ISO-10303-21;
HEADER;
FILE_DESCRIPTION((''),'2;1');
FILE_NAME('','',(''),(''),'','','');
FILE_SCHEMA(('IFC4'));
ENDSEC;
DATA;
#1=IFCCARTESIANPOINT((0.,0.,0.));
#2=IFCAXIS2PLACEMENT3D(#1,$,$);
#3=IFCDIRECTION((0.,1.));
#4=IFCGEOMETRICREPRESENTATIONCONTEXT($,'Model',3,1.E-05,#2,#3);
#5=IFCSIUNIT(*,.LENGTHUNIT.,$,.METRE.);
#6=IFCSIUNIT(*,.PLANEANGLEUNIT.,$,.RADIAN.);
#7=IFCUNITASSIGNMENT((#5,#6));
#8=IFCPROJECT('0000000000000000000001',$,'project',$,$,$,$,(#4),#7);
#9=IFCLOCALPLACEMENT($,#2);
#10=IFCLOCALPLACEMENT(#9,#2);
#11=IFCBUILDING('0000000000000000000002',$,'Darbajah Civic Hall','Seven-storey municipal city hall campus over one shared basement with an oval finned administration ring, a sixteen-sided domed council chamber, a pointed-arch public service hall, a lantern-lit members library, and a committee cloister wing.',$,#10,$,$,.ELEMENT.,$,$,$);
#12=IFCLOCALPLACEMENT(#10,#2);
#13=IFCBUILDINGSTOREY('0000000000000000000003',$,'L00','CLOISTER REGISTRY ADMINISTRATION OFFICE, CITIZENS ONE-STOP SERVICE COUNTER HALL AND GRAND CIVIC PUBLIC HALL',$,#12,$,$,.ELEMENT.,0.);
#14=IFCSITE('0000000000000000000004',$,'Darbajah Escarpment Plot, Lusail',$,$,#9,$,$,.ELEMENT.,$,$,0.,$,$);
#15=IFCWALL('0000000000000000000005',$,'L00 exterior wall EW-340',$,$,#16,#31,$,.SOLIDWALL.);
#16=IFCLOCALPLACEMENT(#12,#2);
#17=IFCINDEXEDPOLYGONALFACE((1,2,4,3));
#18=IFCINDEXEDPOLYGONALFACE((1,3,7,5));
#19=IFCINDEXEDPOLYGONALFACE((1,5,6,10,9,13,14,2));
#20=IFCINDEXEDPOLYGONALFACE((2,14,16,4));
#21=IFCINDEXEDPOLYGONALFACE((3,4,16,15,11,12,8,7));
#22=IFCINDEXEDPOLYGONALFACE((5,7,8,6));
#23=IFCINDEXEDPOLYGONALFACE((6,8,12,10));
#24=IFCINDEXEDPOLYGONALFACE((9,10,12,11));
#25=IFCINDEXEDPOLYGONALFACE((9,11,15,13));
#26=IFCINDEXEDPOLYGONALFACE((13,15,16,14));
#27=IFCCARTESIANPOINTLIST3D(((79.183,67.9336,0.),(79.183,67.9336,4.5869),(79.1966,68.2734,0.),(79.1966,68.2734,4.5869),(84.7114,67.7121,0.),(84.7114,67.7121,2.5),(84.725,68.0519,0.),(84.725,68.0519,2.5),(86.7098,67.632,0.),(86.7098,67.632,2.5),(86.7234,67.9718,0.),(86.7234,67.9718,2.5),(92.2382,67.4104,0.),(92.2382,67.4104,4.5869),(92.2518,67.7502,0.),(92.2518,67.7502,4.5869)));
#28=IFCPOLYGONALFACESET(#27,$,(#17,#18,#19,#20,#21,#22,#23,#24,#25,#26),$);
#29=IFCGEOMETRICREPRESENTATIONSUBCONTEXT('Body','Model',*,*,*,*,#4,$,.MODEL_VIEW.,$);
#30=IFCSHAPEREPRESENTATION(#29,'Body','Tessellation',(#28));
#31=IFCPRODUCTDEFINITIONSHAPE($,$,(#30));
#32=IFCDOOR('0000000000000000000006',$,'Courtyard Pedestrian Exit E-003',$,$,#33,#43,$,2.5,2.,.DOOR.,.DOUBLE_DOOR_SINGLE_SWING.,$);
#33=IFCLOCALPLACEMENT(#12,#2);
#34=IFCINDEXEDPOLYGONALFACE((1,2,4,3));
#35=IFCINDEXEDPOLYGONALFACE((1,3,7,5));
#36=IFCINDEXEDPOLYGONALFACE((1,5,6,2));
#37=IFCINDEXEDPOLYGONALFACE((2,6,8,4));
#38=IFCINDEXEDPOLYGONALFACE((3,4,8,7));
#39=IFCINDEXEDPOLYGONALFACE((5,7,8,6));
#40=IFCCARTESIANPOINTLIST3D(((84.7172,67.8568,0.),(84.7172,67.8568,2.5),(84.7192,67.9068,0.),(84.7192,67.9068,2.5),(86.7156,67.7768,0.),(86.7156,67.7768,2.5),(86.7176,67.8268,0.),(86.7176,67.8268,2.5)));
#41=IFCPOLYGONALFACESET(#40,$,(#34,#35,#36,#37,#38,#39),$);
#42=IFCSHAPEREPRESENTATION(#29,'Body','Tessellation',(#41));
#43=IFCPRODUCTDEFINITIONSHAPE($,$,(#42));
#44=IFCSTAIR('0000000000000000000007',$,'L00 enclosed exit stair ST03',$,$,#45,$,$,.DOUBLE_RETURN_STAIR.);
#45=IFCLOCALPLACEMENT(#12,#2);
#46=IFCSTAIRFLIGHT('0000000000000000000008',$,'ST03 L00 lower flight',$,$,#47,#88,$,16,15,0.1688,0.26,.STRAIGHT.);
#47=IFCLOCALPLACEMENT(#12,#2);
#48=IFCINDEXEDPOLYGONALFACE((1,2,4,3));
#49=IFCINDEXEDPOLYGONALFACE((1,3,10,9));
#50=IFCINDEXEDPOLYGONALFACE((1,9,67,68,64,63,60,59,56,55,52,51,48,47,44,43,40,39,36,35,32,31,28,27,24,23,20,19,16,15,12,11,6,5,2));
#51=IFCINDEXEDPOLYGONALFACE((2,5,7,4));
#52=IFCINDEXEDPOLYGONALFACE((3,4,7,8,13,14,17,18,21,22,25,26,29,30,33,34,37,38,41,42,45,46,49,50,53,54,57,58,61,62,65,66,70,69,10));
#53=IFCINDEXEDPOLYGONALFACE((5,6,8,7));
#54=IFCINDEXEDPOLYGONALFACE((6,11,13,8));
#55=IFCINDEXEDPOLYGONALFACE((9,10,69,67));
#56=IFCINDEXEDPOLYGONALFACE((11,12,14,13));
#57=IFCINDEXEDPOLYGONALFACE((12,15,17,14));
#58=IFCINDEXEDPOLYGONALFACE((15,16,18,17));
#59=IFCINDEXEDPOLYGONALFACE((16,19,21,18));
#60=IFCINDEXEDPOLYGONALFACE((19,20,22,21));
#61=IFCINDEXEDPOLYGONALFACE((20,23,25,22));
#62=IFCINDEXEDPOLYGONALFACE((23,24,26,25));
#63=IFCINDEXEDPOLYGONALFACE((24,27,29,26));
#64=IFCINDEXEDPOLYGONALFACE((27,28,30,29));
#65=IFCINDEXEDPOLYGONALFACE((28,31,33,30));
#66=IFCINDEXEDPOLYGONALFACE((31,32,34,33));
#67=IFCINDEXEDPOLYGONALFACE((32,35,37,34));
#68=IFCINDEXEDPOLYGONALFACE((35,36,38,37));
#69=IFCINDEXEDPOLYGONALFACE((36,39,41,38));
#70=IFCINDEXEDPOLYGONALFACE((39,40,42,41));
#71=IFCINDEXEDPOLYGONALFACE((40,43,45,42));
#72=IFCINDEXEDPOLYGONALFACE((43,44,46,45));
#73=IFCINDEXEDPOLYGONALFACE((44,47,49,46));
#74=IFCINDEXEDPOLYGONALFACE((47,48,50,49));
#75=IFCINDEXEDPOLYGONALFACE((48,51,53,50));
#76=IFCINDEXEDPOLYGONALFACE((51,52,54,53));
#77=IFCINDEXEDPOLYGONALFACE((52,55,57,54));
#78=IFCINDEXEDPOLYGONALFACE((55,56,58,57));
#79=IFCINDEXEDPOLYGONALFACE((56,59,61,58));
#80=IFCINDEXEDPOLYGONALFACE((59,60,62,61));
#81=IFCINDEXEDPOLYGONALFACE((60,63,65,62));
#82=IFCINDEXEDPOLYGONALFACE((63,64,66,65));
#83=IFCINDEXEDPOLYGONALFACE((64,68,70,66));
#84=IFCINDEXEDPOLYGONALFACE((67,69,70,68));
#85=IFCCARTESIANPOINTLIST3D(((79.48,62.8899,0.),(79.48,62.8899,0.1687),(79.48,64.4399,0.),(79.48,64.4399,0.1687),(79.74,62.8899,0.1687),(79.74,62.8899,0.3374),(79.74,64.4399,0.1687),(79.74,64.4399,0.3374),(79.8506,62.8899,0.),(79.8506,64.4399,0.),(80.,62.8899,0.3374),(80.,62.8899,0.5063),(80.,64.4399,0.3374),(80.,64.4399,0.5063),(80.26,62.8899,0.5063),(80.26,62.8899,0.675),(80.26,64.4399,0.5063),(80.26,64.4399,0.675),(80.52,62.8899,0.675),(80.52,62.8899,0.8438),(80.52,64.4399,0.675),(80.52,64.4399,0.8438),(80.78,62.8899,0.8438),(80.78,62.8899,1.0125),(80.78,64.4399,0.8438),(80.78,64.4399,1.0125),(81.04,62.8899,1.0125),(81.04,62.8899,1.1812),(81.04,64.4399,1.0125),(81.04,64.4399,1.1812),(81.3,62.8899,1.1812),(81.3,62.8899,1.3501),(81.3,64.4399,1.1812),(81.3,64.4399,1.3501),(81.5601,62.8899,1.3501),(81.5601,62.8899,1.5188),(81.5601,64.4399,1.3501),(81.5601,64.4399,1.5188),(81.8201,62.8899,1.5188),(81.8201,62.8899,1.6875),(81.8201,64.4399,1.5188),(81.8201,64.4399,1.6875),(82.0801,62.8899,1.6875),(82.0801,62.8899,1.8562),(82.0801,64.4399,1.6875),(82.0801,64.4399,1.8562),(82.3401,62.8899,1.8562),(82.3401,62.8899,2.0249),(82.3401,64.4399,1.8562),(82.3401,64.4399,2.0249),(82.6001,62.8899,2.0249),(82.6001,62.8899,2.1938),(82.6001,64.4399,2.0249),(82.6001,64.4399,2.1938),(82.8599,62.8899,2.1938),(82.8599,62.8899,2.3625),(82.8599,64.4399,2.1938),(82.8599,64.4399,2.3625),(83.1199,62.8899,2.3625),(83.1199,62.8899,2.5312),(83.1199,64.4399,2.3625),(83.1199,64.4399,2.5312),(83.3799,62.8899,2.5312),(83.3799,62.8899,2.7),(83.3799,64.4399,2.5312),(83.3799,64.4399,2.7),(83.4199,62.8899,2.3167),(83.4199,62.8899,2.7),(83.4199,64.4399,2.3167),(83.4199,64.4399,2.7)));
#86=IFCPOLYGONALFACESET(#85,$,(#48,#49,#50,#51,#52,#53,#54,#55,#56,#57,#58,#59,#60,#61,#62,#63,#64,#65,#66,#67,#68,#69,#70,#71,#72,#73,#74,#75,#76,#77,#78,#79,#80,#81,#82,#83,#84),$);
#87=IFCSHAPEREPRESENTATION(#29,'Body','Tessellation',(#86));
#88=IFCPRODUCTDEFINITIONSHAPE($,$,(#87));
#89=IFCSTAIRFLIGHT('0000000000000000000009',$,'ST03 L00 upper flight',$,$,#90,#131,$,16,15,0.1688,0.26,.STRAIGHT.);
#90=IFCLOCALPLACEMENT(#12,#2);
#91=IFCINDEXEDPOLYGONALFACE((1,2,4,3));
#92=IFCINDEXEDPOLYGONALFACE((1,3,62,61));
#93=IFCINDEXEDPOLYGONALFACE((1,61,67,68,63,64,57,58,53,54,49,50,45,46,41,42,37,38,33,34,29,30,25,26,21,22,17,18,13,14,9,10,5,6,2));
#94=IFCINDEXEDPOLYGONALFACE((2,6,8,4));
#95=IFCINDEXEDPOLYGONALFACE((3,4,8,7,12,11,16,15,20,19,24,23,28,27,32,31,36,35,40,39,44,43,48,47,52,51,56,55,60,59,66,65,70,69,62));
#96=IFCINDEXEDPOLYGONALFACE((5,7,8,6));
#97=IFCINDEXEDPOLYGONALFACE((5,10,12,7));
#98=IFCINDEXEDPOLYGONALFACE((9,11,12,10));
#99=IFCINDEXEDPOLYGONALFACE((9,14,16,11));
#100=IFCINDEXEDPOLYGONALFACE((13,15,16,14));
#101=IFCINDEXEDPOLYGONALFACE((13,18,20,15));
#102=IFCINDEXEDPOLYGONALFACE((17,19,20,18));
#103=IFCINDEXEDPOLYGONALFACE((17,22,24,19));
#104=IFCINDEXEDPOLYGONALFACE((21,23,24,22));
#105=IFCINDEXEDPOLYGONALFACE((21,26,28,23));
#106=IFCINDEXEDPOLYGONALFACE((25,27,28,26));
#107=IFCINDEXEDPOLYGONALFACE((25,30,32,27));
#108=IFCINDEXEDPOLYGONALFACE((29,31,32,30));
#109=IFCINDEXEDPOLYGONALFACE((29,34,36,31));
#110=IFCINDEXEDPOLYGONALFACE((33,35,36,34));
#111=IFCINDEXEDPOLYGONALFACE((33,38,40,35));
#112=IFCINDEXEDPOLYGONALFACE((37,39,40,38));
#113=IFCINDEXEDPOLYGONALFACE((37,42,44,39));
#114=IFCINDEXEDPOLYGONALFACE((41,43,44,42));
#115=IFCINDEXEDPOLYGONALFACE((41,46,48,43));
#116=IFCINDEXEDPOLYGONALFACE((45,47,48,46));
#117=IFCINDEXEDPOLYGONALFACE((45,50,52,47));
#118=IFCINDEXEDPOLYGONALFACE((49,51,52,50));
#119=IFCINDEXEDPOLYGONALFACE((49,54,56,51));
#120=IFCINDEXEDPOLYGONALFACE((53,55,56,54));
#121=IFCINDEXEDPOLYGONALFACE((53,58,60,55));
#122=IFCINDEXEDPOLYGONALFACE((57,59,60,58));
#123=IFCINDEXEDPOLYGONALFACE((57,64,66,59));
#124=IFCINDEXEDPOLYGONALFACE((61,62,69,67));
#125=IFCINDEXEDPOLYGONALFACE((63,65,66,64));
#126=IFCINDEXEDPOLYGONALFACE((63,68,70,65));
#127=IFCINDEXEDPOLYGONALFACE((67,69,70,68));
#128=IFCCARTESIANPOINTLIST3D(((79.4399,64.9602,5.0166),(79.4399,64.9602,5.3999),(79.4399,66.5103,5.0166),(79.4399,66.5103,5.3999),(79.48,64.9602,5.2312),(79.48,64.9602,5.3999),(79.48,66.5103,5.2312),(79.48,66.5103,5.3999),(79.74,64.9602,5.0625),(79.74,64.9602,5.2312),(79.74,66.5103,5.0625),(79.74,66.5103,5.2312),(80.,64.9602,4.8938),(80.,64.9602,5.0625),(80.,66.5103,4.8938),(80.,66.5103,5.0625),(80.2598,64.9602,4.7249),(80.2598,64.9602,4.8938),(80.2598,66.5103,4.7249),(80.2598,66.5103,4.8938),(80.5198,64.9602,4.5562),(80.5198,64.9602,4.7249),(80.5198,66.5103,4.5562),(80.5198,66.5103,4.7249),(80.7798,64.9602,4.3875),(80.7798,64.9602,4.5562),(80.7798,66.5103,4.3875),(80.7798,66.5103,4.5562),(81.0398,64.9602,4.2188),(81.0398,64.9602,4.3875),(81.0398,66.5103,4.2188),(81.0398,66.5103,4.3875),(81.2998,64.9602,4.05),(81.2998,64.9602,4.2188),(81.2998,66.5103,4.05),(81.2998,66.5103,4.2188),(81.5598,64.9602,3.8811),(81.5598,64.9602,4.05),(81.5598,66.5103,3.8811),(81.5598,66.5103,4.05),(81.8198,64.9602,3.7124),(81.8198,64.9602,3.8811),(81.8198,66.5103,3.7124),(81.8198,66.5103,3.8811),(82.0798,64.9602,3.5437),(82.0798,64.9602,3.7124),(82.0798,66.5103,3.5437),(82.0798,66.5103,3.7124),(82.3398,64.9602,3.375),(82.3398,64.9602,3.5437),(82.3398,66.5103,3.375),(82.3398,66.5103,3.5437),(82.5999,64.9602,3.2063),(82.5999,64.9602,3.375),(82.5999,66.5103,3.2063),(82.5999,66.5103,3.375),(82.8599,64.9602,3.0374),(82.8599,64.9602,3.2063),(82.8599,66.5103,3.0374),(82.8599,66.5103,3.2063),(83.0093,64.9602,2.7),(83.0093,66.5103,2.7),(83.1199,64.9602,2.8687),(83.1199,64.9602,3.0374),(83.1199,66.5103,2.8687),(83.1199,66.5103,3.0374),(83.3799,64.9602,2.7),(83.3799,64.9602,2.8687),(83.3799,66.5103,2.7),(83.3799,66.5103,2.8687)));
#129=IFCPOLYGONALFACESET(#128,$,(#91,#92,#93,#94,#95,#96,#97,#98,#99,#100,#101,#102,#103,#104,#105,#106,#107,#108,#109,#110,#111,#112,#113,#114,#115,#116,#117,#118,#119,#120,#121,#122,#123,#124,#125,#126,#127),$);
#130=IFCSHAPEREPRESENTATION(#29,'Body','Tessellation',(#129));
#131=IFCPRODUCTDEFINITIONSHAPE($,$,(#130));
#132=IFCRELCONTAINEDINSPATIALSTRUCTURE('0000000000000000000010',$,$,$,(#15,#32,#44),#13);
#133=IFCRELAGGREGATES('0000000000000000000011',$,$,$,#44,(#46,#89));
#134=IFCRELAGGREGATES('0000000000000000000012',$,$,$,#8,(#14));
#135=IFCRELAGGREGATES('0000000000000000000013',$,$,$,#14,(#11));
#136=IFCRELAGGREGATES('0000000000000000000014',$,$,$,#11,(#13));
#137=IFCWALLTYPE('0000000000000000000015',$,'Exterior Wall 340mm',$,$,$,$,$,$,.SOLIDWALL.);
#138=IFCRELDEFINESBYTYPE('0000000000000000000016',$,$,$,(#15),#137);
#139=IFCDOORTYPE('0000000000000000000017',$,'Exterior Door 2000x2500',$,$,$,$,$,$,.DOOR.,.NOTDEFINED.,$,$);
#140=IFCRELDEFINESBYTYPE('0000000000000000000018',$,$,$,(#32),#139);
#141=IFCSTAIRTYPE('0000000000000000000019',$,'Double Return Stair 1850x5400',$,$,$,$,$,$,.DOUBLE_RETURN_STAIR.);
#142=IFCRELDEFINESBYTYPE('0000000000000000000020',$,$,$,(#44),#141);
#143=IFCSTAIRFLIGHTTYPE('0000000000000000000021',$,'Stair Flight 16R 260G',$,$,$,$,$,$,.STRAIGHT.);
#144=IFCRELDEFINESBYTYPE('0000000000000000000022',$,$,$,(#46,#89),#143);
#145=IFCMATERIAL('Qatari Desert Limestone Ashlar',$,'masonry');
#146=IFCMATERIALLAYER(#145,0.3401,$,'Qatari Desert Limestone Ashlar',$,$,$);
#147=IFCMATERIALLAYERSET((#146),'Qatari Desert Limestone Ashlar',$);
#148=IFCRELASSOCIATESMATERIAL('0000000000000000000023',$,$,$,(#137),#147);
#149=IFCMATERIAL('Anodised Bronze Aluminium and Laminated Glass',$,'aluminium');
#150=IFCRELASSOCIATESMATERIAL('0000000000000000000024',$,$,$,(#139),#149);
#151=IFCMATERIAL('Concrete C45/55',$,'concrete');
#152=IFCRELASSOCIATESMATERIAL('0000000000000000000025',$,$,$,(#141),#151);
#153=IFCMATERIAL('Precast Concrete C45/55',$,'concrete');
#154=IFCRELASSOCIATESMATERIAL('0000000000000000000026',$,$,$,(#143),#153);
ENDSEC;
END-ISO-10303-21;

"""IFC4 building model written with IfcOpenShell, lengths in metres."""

from ifc_helpers import new_model, si_unit, direction, frame, frame_2d, origin, place, context, subcontext, project, spatial, polyline, rectangle, outline, extrude, material, layer, layer_set, type_object, element, fill, aggregate, save


model = new_model("IFC4")

# Units and contexts
model_context = context("Model", 3, precision=1e-05, world=origin(), true_north=direction((0.0, 1.0)))
body_context = subcontext(model_context, "Body", "Model", "MODEL_VIEW")
ifc_project = project(units=[si_unit("LENGTHUNIT", "METRE"), si_unit("PLANEANGLEUNIT", "RADIAN")], contexts=[model_context])

# Site, building, storey
site_placement = place(None, origin())
site = spatial("IfcSite", under=ifc_project, at=site_placement, Name="Darbajah Escarpment Plot, Lusail", CompositionType="ELEMENT", RefElevation=0.0)
building_placement = place(site_placement, origin())
building = spatial("IfcBuilding", under=site, at=building_placement, Name="Darbajah Civic Hall", Description="Seven-storey municipal city hall campus over one shared basement with an oval finned administration ring, a sixteen-sided domed council chamber, a pointed-arch public service hall, a lantern-lit members library, and a committee cloister wing.", CompositionType="ELEMENT")
storey_placement = place(building_placement, origin())
storey = spatial("IfcBuildingStorey", under=building, at=storey_placement, Name="L00", Description="CLOISTER REGISTRY ADMINISTRATION OFFICE, CITIZENS ONE-STOP SERVICE COUNTER HALL AND GRAND CIVIC PUBLIC HALL", CompositionType="ELEMENT", Elevation=0.0)

# Shared definitions
ifc_material_1 = material(Name="Concrete C45/55", Category="concrete")

# Wall, opening, door
ifc_material_2 = material(Name="Qatari Desert Limestone Ashlar", Category="masonry")
ifc_layer_1 = layer(ifc_material_2, 0.3401, Name="Qatari Desert Limestone Ashlar")
ifc_layer_set_1 = layer_set([ifc_layer_1], Name="Qatari Desert Limestone Ashlar")
wall_type_1 = type_object("IfcWallType", Name="Exterior Wall 340mm", PredefinedType="SOLIDWALL", material=ifc_layer_set_1)
wall_1_placement = place(storey_placement, frame((79.1899, 68.1035, 0.0), z_axis=(0.0, 0.0, 1.0), x_axis=(0.999198, -0.040043, 0.0)))
wall_1 = element("IfcWall", 1, at=wall_1_placement, inside=storey, type_object=wall_type_1, Name="L00 exterior wall EW-340", PredefinedType="SOLIDWALL", context=body_context, shape_type="SweptSolid", body=[
    extrude(rectangle(XDim=13.0657, YDim=0.3401, at=frame_2d((6.5327, 0.0))), origin(), (0.0, 0.0, 1.0), 4.5869),
])
opening_1_placement = place(wall_1_placement, frame((5.5327, 0.0, 0.0)))
opening_1 = element("IfcOpeningElement", 2, at=opening_1_placement, cuts=wall_1, PredefinedType="OPENING", context=body_context, shape_type="SweptSolid", body=[
    extrude(rectangle(XDim=2.0, YDim=2.5, at=frame_2d((1.0, 1.25))), frame((0.0, 0.1799, 0.0), z_axis=(0.0, -1.0, 0.0), x_axis=(1.0, 0.0, 0.0)), (0.0, 0.0, 1.0), 0.3601),
])
ifc_material_3 = material(Name="Anodised Bronze Aluminium and Laminated Glass", Category="aluminium")
door_type_1 = type_object("IfcDoorType", Name="Exterior Door 2000x2500", OperationType="NOTDEFINED", PredefinedType="DOOR", material=ifc_material_3)
door_1_placement = place(opening_1_placement, origin())
door_1 = element("IfcDoor", 3, at=door_1_placement, inside=storey, type_object=door_type_1, Name="Courtyard Pedestrian Exit E-003", OperationType="DOUBLE_DOOR_SINGLE_SWING", OverallHeight=2.5, OverallWidth=2.0, PredefinedType="DOOR", context=body_context, shape_type="SweptSolid", body=[
    extrude(rectangle(XDim=2.0, YDim=2.5, at=frame_2d((1.0, 1.25))), frame((0.0, 0.0249, 0.0), z_axis=(0.0, -1.0, 0.0), x_axis=(1.0, 0.0, 0.0)), (0.0, 0.0, 1.0), 0.05),
])
fill(opening_1, door_1)

# Stair, stair flights
stair_type = type_object("IfcStairType", Name="Double Return Stair 1850x5400", PredefinedType="DOUBLE_RETURN_STAIR", material=ifc_material_1)
stair_placement = place(storey_placement, origin())
stair = element("IfcStair", 4, at=stair_placement, inside=storey, type_object=stair_type, Name="L00 enclosed exit stair ST03", PredefinedType="DOUBLE_RETURN_STAIR")
ifc_material_4 = material(Name="Precast Concrete C45/55", Category="concrete")
stair_flight_type = type_object("IfcStairFlightType", Name="Stair Flight 16R 260G", PredefinedType="STRAIGHT", material=ifc_material_4)
stair_flight_1_placement = place(storey_placement, frame((79.48, 63.665, 0.0), z_axis=(0.0, 0.0, 1.0), x_axis=(1.0, 0.0, 0.0)))
stair_flight_1 = element("IfcStairFlight", 5, at=stair_flight_1_placement, type_object=stair_flight_type, Name="ST03 L00 lower flight", NumberOfRisers=16, NumberOfTreads=15, PredefinedType="STRAIGHT", RiserHeight=0.1688, TreadLength=0.26, context=body_context, shape_type="SweptSolid", body=[
    extrude(outline(polyline([(0.0, 0.0), (0.0, 0.1687), (0.26, 0.1687), (0.26, 0.3374), (0.52, 0.3374), (0.52, 0.5063), (0.78, 0.5063), (0.78, 0.675), (1.04, 0.675), (1.04, 0.8438), (1.3, 0.8438), (1.3, 1.0125), (1.5601, 1.0125), (1.5601, 1.1812), (1.8201, 1.1812), (1.8201, 1.3501), (2.0801, 1.3501), (2.0801, 1.5188), (2.3401, 1.5188), (2.3401, 1.6875), (2.6001, 1.6875), (2.6001, 1.8562), (2.8601, 1.8562), (2.8601, 2.0249), (3.1201, 2.0249), (3.1201, 2.1938), (3.3799, 2.1938), (3.3799, 2.3625), (3.6399, 2.3625), (3.6399, 2.5312), (3.8999, 2.5312), (3.8999, 2.7), (3.9399, 2.7), (3.9399, 2.3167), (0.3706, 0.0), (0.0, 0.0)])), frame((0.0, 0.7749, 0.0), z_axis=(0.0, -1.0, 0.0), x_axis=(1.0, 0.0, 0.0)), (0.0, 0.0, 1.0), 1.55),
])
stair_flight_2_placement = place(storey_placement, frame((83.3799, 65.7351, 2.7), z_axis=(0.0, 0.0, 1.0), x_axis=(-1.0, 0.0, 0.0)))
stair_flight_2 = element("IfcStairFlight", 6, at=stair_flight_2_placement, type_object=stair_flight_type, Name="ST03 L00 upper flight", NumberOfRisers=16, NumberOfTreads=15, PredefinedType="STRAIGHT", RiserHeight=0.1688, TreadLength=0.26, context=body_context, shape_type="SweptSolid", body=[
    extrude(outline(polyline([(0.0, 0.0), (0.0, 0.1687), (0.26, 0.1687), (0.26, 0.3374), (0.52, 0.3374), (0.52, 0.5063), (0.78, 0.5063), (0.78, 0.675), (1.04, 0.675), (1.04, 0.8438), (1.3, 0.8438), (1.3, 1.0125), (1.5601, 1.0125), (1.5601, 1.1812), (1.8201, 1.1812), (1.8201, 1.3501), (2.0801, 1.3501), (2.0801, 1.5188), (2.3401, 1.5188), (2.3401, 1.6875), (2.6001, 1.6875), (2.6001, 1.8562), (2.8601, 1.8562), (2.8601, 2.0249), (3.1201, 2.0249), (3.1201, 2.1938), (3.3799, 2.1938), (3.3799, 2.3625), (3.6399, 2.3625), (3.6399, 2.5312), (3.8999, 2.5312), (3.8999, 2.7), (3.9399, 2.7), (3.9399, 2.3167), (0.3706, 0.0), (0.0, 0.0)])), frame((0.0, 0.7749, 0.0), z_axis=(0.0, -1.0, 0.0), x_axis=(1.0, 0.0, 0.0)), (0.0, 0.0, 1.0), 1.55),
])
aggregate(stair, [stair_flight_1, stair_flight_2])

save(model, "model.ifc")
